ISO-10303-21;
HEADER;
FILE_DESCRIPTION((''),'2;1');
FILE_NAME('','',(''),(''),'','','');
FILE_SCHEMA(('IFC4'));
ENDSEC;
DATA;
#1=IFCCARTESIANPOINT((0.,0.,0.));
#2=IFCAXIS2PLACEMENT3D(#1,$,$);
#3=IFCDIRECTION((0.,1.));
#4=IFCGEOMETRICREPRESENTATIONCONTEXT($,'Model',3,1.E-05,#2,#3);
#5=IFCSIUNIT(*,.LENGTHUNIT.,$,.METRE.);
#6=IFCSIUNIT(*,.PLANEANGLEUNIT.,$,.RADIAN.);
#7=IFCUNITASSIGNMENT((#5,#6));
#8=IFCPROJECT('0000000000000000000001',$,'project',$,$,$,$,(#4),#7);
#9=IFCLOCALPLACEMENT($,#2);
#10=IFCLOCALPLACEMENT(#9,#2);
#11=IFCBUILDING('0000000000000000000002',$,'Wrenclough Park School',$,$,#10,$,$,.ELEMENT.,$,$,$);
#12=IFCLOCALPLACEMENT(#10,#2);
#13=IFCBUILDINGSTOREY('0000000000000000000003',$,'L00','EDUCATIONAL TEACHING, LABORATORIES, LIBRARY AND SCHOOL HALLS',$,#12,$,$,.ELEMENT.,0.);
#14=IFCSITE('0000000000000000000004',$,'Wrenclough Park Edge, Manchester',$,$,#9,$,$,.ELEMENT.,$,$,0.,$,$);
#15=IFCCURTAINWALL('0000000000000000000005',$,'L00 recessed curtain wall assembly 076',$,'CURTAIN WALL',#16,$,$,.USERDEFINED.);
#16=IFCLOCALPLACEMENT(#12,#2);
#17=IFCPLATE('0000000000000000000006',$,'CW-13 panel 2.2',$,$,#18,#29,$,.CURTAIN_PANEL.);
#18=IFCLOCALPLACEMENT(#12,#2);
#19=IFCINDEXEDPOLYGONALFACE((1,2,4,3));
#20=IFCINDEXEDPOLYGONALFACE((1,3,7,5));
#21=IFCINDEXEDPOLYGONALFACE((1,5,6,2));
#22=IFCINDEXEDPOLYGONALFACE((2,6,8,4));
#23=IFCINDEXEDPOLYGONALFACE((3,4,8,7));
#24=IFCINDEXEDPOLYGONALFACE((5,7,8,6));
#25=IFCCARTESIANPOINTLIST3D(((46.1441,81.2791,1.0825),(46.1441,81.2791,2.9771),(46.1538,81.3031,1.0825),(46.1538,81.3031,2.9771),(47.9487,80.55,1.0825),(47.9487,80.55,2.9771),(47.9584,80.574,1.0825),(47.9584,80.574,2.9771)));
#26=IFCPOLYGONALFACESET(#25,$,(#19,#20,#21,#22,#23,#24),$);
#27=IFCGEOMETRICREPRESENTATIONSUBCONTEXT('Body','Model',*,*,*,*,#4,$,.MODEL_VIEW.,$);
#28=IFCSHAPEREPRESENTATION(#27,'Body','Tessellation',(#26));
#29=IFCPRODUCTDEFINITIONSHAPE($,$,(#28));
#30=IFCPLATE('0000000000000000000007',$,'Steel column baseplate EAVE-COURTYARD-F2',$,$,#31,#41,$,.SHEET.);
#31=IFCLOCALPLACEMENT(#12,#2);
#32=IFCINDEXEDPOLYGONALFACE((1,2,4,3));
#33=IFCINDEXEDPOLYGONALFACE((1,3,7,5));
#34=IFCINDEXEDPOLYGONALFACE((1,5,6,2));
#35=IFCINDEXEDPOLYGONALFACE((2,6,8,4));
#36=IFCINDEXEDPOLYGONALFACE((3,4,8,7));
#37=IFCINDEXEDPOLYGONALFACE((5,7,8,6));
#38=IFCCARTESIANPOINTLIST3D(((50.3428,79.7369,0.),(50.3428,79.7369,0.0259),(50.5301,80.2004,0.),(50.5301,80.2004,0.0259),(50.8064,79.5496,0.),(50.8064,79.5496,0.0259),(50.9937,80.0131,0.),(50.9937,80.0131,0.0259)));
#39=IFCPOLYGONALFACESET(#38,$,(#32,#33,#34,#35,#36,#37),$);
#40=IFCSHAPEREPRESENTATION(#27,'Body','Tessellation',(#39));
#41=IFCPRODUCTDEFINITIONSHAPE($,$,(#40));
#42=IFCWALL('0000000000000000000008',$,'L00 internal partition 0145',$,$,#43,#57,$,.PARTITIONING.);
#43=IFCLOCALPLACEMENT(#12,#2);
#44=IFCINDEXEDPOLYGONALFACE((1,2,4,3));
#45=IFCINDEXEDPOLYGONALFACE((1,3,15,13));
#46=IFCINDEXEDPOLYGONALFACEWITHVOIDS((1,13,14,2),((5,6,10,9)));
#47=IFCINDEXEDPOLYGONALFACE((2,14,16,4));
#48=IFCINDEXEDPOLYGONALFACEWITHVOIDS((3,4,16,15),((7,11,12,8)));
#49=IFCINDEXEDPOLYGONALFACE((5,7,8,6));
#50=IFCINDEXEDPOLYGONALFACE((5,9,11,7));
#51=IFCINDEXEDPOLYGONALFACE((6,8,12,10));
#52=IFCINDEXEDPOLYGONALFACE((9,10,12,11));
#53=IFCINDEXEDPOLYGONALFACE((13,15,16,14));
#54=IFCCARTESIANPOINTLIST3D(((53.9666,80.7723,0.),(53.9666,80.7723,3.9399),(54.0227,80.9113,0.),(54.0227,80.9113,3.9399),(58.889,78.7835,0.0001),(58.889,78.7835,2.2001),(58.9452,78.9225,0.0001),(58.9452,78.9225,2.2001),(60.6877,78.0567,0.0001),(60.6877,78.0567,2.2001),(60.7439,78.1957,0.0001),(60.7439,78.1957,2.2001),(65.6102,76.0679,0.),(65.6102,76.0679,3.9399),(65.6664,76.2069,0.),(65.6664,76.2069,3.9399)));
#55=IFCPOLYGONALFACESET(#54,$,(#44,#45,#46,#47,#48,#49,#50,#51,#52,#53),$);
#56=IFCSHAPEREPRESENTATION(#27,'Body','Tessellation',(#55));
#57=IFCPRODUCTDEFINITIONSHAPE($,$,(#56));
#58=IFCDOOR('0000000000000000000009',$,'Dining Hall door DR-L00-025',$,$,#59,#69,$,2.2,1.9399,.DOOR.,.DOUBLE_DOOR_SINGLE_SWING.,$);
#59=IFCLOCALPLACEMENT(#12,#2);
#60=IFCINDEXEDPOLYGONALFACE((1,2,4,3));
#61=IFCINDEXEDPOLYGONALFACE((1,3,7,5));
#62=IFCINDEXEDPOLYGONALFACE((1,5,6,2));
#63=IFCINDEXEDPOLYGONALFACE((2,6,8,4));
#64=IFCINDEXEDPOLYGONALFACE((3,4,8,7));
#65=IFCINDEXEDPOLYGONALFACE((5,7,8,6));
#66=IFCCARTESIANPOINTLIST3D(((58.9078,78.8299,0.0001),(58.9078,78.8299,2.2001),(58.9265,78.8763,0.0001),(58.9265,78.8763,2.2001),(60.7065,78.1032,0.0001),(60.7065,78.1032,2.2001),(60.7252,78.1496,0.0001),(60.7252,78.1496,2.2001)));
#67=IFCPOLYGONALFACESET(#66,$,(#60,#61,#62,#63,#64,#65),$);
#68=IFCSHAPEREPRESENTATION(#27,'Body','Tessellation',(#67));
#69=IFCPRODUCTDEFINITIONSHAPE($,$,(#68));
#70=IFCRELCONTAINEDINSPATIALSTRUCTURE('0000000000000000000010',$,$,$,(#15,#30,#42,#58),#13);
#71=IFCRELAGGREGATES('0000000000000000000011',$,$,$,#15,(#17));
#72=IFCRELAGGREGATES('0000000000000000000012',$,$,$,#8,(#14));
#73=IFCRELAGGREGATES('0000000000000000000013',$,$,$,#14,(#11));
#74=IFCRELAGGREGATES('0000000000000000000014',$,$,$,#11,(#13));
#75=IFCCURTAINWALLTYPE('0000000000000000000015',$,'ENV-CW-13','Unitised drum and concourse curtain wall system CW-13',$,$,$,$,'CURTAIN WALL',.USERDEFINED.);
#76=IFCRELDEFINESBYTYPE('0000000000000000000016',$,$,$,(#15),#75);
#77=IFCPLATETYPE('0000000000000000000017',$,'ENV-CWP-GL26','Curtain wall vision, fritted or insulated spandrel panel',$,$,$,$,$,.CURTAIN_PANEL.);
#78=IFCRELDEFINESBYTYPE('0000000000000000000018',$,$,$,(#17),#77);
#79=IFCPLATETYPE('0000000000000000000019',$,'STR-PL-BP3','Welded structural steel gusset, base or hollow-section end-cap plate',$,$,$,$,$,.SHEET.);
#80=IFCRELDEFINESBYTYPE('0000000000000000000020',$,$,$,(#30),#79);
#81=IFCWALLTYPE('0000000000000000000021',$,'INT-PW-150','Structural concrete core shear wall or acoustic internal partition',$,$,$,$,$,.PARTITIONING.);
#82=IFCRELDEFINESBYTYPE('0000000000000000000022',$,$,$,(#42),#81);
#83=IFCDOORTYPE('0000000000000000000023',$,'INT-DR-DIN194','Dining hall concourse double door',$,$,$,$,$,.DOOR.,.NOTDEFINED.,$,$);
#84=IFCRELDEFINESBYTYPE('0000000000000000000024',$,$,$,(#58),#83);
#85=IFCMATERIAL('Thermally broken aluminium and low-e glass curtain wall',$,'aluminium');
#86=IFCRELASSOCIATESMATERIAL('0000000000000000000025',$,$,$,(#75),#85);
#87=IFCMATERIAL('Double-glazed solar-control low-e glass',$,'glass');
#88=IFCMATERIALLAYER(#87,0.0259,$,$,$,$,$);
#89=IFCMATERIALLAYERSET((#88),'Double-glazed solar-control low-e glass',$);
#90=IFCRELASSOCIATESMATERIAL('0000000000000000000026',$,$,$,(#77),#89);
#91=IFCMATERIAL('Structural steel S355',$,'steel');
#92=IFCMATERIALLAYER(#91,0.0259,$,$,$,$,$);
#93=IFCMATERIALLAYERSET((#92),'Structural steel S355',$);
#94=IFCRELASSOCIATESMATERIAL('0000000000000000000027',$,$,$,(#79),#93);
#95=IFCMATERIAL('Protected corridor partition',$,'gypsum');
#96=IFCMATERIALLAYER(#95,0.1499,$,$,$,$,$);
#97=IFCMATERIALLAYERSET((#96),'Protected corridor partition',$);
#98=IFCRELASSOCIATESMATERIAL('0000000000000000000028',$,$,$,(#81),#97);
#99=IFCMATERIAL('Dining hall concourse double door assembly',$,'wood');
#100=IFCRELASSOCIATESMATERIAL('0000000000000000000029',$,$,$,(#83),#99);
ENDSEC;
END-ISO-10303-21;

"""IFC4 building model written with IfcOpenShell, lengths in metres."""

from ifc_helpers import new_model, si_unit, direction, frame, frame_2d, origin, origin_2d, place, context, subcontext, project, spatial, rectangle, extrude, material, layer, layer_set, type_object, element, fill, aggregate, save


model = new_model("IFC4")

# Units and contexts
model_context = context("Model", 3, precision=1e-05, world=origin(), true_north=direction((0.0, 1.0)))
body_context = subcontext(model_context, "Body", "Model", "MODEL_VIEW")
ifc_project = project(units=[si_unit("LENGTHUNIT", "METRE"), si_unit("PLANEANGLEUNIT", "RADIAN")], contexts=[model_context])

# Site, building, storey
site_placement = place(None, origin())
site = spatial("IfcSite", under=ifc_project, at=site_placement, Name="Wrenclough Park Edge, Manchester", CompositionType="ELEMENT", RefElevation=0.0)
building_placement = place(site_placement, origin())
building = spatial("IfcBuilding", under=site, at=building_placement, Name="Wrenclough Park School", CompositionType="ELEMENT")
storey_placement = place(building_placement, origin())
storey = spatial("IfcBuildingStorey", under=building, at=storey_placement, Name="L00", Description="EDUCATIONAL TEACHING, LABORATORIES, LIBRARY AND SCHOOL HALLS", CompositionType="ELEMENT", Elevation=0.0)

# Shared definitions
ifc_material_1 = material(Name="Structural steel S355", Category="steel")

# Curtain wall
ifc_material_2 = material(Name="Thermally broken aluminium and low-e glass curtain wall", Category="aluminium")
curtain_wall_type = type_object("IfcCurtainWallType", Name="ENV-CW-13", Description="Unitised drum and concourse curtain wall system CW-13", ElementType="CURTAIN WALL", PredefinedType="USERDEFINED", material=ifc_material_2)
curtain_wall_placement = place(storey_placement, origin())
curtain_wall = element("IfcCurtainWall", 1, at=curtain_wall_placement, inside=storey, type_object=curtain_wall_type, Name="L00 recessed curtain wall assembly 076", ObjectType="CURTAIN WALL", PredefinedType="USERDEFINED")

# Plates
ifc_material_3 = material(Name="Double-glazed solar-control low-e glass", Category="glass")
ifc_layer_1 = layer(ifc_material_3, 0.0259)
ifc_layer_set_1 = layer_set([ifc_layer_1], Name="Double-glazed solar-control low-e glass")
plate_type_1 = type_object("IfcPlateType", Name="ENV-CWP-GL26", Description="Curtain wall vision, fritted or insulated spandrel panel", PredefinedType="CURTAIN_PANEL", material=ifc_layer_set_1)
plate_1_placement = place(storey_placement, frame((47.0513, 80.9265, 1.0825), z_axis=(0.0, 0.0, 1.0), x_axis=(-0.927185, 0.374603, 0.0)))
plate_1 = element("IfcPlate", 2, at=plate_1_placement, type_object=plate_type_1, Name="CW-13 panel 2.2", PredefinedType="CURTAIN_PANEL", context=body_context, shape_type="SweptSolid", body=[
    extrude(rectangle(XDim=1.9463, YDim=0.0259, at=origin_2d()), origin(), (0.0, 0.0, 1.0), 1.8945),
])
aggregate(curtain_wall, [plate_1])
ifc_layer_2 = layer(ifc_material_1, 0.0259)
ifc_layer_set_2 = layer_set([ifc_layer_2], Name="Structural steel S355")
plate_type_2 = type_object("IfcPlateType", Name="STR-PL-BP3", Description="Welded structural steel gusset, base or hollow-section end-cap plate", PredefinedType="SHEET", material=ifc_layer_set_2)
plate_2_placement = place(storey_placement, frame((50.6682, 79.875, 0.0), z_axis=(0.0, 0.0, 1.0), x_axis=(0.927184, -0.374607, 0.0)))
element("IfcPlate", 3, at=plate_2_placement, inside=storey, type_object=plate_type_2, Name="Steel column baseplate EAVE-COURTYARD-F2", PredefinedType="SHEET", context=body_context, shape_type="SweptSolid", body=[
    extrude(rectangle(XDim=0.5, YDim=0.5, at=origin_2d()), origin(), (0.0, 0.0, 1.0), 0.0259),
])

# Wall, opening, door
ifc_material_4 = material(Name="Protected corridor partition", Category="gypsum")
ifc_layer_3 = layer(ifc_material_4, 0.1499)
ifc_layer_set_3 = layer_set([ifc_layer_3], Name="Protected corridor partition")
wall_type = type_object("IfcWallType", Name="INT-PW-150", Description="Structural concrete core shear wall or acoustic internal partition", PredefinedType="PARTITIONING", material=ifc_layer_set_3)
wall_placement = place(storey_placement, frame((53.9946, 80.8418, 0.0), z_axis=(0.0, 0.0, 1.0), x_axis=(0.927183, -0.37461, 0.0)))
wall = element("IfcWall", 4, at=wall_placement, inside=storey, type_object=wall_type, Name="L00 internal partition 0145", PredefinedType="PARTITIONING", context=body_context, shape_type="SweptSolid", body=[
    extrude(rectangle(XDim=12.5581, YDim=0.1499, at=frame_2d((6.2791, 0.0))), origin(), (0.0, 0.0, 1.0), 3.9399),
])
opening_placement = place(wall_placement, frame((5.3091, 0.0, 0.0)))
opening = element("IfcOpeningElement", 5, at=opening_placement, cuts=wall, PredefinedType="OPENING", context=body_context, shape_type="SweptSolid", body=[
    extrude(rectangle(XDim=1.9399, YDim=2.2, at=frame_2d((0.97, 1.1001))), frame((0.0, 0.085, 0.0), z_axis=(0.0, -1.0, 0.0), x_axis=(1.0, 0.0, 0.0)), (0.0, 0.0, 1.0), 0.1699),
])
ifc_material_5 = material(Name="Dining hall concourse double door assembly", Category="wood")
door_type = type_object("IfcDoorType", Name="INT-DR-DIN194", Description="Dining hall concourse double door", OperationType="NOTDEFINED", PredefinedType="DOOR", material=ifc_material_5)
door_placement = place(opening_placement, frame((1.9399, 0.0, 0.0), z_axis=(0.0, 0.0, 1.0), x_axis=(-1.0, 0.0, 0.0)))
door = element("IfcDoor", 6, at=door_placement, inside=storey, type_object=door_type, Name="Dining Hall door DR-L00-025", OperationType="DOUBLE_DOOR_SINGLE_SWING", OverallHeight=2.2, OverallWidth=1.9399, PredefinedType="DOOR", context=body_context, shape_type="SweptSolid", body=[
    extrude(rectangle(XDim=1.9399, YDim=2.2, at=frame_2d((0.97, 1.1001))), frame((0.0, 0.0249, 0.0), z_axis=(0.0, -1.0, 0.0), x_axis=(1.0, 0.0, 0.0)), (0.0, 0.0, 1.0), 0.05),
])
fill(opening, door)

save(model, "model.ifc")
